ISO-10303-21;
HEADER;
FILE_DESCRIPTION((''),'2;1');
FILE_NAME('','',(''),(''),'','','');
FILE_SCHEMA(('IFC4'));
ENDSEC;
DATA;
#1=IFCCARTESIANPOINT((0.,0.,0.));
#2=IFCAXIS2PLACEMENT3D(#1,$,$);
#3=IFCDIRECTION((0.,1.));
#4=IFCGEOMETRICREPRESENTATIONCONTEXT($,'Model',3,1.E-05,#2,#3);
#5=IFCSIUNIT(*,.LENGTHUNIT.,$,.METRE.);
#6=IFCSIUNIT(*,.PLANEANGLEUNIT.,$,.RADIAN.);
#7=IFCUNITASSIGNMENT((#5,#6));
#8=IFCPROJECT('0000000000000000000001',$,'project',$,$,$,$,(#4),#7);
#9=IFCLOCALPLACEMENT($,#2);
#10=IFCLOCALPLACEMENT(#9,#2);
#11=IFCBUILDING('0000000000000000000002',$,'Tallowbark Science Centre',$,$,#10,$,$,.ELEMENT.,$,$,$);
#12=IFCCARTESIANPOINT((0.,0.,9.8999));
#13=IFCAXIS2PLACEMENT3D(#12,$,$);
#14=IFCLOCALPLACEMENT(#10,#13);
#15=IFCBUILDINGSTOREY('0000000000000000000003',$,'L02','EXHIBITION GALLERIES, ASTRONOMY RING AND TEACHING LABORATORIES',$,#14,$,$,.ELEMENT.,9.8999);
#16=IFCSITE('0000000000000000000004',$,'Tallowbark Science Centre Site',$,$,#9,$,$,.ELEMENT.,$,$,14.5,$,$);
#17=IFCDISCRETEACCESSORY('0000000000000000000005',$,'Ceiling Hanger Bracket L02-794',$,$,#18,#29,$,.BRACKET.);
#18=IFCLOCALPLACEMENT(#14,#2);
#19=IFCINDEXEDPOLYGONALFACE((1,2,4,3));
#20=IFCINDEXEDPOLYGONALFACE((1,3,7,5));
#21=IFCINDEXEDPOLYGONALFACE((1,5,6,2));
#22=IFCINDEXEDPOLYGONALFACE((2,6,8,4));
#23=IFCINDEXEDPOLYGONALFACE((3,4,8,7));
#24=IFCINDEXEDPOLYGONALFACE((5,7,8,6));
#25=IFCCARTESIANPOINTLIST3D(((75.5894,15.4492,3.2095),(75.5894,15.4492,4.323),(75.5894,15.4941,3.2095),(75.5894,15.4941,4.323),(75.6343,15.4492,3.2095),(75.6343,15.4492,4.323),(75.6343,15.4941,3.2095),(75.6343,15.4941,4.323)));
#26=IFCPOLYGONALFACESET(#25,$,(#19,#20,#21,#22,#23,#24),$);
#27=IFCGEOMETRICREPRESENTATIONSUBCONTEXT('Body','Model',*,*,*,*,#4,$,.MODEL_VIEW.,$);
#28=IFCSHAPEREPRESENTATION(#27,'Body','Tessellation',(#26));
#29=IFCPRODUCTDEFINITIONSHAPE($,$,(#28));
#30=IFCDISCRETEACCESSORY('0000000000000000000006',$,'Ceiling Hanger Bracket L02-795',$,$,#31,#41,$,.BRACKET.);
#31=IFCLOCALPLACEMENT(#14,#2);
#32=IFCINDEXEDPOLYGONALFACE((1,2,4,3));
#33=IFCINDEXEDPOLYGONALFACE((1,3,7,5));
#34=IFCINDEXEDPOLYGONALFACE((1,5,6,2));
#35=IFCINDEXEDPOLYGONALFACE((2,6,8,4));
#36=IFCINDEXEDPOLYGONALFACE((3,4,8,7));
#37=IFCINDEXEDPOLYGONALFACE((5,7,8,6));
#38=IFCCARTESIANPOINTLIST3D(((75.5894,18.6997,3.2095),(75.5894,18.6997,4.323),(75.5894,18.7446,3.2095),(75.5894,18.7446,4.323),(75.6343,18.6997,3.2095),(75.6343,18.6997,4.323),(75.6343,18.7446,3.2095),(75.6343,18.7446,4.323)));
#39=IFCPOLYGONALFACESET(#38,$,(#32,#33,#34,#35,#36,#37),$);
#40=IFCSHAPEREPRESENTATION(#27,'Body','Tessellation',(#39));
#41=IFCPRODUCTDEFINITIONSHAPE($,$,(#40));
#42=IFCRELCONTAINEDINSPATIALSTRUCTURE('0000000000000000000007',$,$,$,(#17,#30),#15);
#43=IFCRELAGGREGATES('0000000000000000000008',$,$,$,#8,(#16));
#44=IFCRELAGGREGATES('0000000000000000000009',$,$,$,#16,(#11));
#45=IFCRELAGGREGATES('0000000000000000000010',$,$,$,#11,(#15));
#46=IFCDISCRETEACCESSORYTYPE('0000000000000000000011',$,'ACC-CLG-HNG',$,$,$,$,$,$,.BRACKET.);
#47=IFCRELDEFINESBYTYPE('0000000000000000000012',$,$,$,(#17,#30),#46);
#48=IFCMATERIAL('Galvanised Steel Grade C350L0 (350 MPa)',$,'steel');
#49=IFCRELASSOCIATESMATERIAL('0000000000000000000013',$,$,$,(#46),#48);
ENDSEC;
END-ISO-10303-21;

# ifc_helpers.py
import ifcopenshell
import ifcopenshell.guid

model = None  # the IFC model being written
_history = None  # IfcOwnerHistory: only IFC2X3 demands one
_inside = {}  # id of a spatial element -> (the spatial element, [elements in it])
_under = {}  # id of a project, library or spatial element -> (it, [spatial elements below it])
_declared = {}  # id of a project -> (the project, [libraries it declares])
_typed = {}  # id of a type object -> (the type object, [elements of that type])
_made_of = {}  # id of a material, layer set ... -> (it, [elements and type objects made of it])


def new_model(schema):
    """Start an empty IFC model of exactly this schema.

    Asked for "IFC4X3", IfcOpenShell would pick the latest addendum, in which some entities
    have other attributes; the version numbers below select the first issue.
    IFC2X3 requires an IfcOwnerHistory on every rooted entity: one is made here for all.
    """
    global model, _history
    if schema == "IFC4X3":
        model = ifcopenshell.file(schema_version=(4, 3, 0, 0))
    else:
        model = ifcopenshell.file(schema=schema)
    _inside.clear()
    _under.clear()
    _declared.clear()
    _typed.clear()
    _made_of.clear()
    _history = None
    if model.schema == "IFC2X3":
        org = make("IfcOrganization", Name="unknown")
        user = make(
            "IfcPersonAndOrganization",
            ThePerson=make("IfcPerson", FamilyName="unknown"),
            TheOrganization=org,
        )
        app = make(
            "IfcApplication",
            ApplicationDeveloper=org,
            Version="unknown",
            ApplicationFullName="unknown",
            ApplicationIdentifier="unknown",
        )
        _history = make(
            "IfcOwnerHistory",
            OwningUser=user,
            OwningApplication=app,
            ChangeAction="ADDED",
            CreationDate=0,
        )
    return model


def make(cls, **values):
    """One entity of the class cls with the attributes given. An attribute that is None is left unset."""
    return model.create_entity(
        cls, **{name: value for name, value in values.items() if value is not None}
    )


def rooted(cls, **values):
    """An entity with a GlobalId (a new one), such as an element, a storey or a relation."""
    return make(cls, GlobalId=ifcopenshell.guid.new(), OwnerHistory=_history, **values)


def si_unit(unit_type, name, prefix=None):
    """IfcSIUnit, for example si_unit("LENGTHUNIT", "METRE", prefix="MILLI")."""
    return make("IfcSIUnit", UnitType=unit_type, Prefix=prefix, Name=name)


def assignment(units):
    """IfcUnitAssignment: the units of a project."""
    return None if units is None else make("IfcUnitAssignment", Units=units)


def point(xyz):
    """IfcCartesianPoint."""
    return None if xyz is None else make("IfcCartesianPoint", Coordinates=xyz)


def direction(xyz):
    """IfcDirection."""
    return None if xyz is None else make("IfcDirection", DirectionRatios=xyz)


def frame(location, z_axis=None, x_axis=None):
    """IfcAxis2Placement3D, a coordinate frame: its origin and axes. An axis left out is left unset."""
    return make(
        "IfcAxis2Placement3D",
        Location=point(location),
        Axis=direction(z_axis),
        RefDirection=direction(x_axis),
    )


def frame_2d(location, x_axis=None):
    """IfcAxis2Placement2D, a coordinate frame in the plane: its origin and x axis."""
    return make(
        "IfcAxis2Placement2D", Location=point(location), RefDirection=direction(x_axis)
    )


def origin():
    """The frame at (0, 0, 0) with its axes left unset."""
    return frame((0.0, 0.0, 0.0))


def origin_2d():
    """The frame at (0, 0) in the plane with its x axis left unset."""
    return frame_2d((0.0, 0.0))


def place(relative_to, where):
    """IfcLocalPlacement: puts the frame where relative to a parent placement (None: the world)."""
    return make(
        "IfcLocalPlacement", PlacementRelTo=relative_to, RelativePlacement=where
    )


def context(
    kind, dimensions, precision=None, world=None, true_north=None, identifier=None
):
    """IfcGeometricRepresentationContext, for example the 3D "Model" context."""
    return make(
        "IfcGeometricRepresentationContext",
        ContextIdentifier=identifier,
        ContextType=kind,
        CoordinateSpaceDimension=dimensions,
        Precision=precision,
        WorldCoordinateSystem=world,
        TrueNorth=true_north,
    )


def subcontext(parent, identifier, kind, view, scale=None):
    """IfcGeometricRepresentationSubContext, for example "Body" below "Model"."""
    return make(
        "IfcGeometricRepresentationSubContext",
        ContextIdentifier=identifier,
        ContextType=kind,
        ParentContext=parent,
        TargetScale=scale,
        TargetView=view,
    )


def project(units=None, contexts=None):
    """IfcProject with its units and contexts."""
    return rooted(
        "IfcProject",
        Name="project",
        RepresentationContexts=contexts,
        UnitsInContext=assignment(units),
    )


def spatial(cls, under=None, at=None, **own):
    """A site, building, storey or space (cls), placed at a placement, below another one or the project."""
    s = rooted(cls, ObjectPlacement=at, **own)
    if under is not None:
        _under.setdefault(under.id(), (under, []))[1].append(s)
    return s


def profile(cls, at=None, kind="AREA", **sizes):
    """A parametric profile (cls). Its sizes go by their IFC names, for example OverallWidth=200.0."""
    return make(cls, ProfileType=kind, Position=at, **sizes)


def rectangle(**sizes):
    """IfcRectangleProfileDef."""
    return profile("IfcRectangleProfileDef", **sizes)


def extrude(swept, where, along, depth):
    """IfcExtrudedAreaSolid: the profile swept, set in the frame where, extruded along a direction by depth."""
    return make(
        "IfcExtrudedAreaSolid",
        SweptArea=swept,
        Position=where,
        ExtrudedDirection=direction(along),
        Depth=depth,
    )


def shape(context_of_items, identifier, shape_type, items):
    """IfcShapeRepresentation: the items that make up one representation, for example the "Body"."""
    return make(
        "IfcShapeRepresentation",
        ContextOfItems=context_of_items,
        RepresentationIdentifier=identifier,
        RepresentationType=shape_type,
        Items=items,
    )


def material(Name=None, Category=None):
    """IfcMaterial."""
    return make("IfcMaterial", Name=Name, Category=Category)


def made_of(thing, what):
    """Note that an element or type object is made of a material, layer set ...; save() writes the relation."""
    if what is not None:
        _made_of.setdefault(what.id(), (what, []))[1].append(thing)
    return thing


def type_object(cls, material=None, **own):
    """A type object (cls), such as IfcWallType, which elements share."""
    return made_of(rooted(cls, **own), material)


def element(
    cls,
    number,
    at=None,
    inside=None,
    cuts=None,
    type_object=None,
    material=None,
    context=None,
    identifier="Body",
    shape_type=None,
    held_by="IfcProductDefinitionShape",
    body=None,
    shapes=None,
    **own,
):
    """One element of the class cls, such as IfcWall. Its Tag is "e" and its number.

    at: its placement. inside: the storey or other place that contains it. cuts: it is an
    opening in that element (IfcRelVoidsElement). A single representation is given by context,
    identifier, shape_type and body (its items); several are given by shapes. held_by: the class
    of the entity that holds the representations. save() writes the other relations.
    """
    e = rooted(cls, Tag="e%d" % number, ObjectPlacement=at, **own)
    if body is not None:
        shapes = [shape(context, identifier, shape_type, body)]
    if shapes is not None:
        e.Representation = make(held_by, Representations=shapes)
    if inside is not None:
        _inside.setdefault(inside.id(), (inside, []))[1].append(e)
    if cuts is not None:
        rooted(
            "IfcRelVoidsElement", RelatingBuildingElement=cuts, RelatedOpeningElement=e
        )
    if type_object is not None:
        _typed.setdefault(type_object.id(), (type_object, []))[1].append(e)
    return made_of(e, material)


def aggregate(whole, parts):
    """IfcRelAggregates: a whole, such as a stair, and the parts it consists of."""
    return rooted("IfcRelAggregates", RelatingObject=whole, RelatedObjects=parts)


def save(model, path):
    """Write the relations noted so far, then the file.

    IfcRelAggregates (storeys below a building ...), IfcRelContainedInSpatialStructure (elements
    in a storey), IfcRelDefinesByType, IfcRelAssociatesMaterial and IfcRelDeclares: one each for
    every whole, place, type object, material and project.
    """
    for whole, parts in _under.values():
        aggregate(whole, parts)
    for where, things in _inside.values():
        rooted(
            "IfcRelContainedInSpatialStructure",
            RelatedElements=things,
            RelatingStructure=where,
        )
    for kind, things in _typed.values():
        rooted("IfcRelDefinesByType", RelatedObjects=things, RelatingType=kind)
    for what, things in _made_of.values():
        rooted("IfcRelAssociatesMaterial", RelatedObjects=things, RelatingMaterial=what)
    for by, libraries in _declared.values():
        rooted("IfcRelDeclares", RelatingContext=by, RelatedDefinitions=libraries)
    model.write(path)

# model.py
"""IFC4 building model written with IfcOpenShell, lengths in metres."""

from ifc_helpers import new_model, si_unit, direction, frame, origin, origin_2d, place, context, subcontext, project, spatial, rectangle, extrude, material, type_object, element, save


model = new_model("IFC4")

# Units and contexts
model_context = context("Model", 3, precision=1e-05, world=origin(), true_north=direction((0.0, 1.0)))
body_context = subcontext(model_context, "Body", "Model", "MODEL_VIEW")
ifc_project = project(units=[si_unit("LENGTHUNIT", "METRE"), si_unit("PLANEANGLEUNIT", "RADIAN")], contexts=[model_context])

# Site, building, storey
site_placement = place(None, origin())
site = spatial("IfcSite", under=ifc_project, at=site_placement, Name="Tallowbark Science Centre Site", CompositionType="ELEMENT", RefElevation=14.5)
building_placement = place(site_placement, origin())
building = spatial("IfcBuilding", under=site, at=building_placement, Name="Tallowbark Science Centre", CompositionType="ELEMENT")
storey_placement = place(building_placement, frame((0.0, 0.0, 9.8999)))
storey = spatial("IfcBuildingStorey", under=building, at=storey_placement, Name="L02", Description="EXHIBITION GALLERIES, ASTRONOMY RING AND TEACHING LABORATORIES", CompositionType="ELEMENT", Elevation=9.8999)

# Discrete accessories
ifc_material_1 = material(Name="Galvanised Steel Grade C350L0 (350 MPa)", Category="steel")
discrete_accessory_type = type_object("IfcDiscreteAccessoryType", Name="ACC-CLG-HNG", PredefinedType="BRACKET", material=ifc_material_1)
for number, where, z_axis, x_axis, name in (
    (1, (75.6118, 15.4717, 3.2095), (0.0, 0.0, 1.0), (1.0, 0.0, 0.0), "Ceiling Hanger Bracket L02-794"),
    (2, (75.6118, 18.7222, 3.2095), (0.0, 0.0, 1.0), (1.0, 0.0, 0.0), "Ceiling Hanger Bracket L02-795"),
):
    element("IfcDiscreteAccessory", number, at=place(storey_placement, frame(where, z_axis=z_axis, x_axis=x_axis)), inside=storey, type_object=discrete_accessory_type, Name=name, PredefinedType="BRACKET", context=body_context, shape_type="SweptSolid", body=[
        extrude(rectangle(XDim=0.0449, YDim=0.0449, at=origin_2d()), origin(), (0.0, 0.0, 1.0), 1.1135),
    ])

save(model, "model.ifc")
